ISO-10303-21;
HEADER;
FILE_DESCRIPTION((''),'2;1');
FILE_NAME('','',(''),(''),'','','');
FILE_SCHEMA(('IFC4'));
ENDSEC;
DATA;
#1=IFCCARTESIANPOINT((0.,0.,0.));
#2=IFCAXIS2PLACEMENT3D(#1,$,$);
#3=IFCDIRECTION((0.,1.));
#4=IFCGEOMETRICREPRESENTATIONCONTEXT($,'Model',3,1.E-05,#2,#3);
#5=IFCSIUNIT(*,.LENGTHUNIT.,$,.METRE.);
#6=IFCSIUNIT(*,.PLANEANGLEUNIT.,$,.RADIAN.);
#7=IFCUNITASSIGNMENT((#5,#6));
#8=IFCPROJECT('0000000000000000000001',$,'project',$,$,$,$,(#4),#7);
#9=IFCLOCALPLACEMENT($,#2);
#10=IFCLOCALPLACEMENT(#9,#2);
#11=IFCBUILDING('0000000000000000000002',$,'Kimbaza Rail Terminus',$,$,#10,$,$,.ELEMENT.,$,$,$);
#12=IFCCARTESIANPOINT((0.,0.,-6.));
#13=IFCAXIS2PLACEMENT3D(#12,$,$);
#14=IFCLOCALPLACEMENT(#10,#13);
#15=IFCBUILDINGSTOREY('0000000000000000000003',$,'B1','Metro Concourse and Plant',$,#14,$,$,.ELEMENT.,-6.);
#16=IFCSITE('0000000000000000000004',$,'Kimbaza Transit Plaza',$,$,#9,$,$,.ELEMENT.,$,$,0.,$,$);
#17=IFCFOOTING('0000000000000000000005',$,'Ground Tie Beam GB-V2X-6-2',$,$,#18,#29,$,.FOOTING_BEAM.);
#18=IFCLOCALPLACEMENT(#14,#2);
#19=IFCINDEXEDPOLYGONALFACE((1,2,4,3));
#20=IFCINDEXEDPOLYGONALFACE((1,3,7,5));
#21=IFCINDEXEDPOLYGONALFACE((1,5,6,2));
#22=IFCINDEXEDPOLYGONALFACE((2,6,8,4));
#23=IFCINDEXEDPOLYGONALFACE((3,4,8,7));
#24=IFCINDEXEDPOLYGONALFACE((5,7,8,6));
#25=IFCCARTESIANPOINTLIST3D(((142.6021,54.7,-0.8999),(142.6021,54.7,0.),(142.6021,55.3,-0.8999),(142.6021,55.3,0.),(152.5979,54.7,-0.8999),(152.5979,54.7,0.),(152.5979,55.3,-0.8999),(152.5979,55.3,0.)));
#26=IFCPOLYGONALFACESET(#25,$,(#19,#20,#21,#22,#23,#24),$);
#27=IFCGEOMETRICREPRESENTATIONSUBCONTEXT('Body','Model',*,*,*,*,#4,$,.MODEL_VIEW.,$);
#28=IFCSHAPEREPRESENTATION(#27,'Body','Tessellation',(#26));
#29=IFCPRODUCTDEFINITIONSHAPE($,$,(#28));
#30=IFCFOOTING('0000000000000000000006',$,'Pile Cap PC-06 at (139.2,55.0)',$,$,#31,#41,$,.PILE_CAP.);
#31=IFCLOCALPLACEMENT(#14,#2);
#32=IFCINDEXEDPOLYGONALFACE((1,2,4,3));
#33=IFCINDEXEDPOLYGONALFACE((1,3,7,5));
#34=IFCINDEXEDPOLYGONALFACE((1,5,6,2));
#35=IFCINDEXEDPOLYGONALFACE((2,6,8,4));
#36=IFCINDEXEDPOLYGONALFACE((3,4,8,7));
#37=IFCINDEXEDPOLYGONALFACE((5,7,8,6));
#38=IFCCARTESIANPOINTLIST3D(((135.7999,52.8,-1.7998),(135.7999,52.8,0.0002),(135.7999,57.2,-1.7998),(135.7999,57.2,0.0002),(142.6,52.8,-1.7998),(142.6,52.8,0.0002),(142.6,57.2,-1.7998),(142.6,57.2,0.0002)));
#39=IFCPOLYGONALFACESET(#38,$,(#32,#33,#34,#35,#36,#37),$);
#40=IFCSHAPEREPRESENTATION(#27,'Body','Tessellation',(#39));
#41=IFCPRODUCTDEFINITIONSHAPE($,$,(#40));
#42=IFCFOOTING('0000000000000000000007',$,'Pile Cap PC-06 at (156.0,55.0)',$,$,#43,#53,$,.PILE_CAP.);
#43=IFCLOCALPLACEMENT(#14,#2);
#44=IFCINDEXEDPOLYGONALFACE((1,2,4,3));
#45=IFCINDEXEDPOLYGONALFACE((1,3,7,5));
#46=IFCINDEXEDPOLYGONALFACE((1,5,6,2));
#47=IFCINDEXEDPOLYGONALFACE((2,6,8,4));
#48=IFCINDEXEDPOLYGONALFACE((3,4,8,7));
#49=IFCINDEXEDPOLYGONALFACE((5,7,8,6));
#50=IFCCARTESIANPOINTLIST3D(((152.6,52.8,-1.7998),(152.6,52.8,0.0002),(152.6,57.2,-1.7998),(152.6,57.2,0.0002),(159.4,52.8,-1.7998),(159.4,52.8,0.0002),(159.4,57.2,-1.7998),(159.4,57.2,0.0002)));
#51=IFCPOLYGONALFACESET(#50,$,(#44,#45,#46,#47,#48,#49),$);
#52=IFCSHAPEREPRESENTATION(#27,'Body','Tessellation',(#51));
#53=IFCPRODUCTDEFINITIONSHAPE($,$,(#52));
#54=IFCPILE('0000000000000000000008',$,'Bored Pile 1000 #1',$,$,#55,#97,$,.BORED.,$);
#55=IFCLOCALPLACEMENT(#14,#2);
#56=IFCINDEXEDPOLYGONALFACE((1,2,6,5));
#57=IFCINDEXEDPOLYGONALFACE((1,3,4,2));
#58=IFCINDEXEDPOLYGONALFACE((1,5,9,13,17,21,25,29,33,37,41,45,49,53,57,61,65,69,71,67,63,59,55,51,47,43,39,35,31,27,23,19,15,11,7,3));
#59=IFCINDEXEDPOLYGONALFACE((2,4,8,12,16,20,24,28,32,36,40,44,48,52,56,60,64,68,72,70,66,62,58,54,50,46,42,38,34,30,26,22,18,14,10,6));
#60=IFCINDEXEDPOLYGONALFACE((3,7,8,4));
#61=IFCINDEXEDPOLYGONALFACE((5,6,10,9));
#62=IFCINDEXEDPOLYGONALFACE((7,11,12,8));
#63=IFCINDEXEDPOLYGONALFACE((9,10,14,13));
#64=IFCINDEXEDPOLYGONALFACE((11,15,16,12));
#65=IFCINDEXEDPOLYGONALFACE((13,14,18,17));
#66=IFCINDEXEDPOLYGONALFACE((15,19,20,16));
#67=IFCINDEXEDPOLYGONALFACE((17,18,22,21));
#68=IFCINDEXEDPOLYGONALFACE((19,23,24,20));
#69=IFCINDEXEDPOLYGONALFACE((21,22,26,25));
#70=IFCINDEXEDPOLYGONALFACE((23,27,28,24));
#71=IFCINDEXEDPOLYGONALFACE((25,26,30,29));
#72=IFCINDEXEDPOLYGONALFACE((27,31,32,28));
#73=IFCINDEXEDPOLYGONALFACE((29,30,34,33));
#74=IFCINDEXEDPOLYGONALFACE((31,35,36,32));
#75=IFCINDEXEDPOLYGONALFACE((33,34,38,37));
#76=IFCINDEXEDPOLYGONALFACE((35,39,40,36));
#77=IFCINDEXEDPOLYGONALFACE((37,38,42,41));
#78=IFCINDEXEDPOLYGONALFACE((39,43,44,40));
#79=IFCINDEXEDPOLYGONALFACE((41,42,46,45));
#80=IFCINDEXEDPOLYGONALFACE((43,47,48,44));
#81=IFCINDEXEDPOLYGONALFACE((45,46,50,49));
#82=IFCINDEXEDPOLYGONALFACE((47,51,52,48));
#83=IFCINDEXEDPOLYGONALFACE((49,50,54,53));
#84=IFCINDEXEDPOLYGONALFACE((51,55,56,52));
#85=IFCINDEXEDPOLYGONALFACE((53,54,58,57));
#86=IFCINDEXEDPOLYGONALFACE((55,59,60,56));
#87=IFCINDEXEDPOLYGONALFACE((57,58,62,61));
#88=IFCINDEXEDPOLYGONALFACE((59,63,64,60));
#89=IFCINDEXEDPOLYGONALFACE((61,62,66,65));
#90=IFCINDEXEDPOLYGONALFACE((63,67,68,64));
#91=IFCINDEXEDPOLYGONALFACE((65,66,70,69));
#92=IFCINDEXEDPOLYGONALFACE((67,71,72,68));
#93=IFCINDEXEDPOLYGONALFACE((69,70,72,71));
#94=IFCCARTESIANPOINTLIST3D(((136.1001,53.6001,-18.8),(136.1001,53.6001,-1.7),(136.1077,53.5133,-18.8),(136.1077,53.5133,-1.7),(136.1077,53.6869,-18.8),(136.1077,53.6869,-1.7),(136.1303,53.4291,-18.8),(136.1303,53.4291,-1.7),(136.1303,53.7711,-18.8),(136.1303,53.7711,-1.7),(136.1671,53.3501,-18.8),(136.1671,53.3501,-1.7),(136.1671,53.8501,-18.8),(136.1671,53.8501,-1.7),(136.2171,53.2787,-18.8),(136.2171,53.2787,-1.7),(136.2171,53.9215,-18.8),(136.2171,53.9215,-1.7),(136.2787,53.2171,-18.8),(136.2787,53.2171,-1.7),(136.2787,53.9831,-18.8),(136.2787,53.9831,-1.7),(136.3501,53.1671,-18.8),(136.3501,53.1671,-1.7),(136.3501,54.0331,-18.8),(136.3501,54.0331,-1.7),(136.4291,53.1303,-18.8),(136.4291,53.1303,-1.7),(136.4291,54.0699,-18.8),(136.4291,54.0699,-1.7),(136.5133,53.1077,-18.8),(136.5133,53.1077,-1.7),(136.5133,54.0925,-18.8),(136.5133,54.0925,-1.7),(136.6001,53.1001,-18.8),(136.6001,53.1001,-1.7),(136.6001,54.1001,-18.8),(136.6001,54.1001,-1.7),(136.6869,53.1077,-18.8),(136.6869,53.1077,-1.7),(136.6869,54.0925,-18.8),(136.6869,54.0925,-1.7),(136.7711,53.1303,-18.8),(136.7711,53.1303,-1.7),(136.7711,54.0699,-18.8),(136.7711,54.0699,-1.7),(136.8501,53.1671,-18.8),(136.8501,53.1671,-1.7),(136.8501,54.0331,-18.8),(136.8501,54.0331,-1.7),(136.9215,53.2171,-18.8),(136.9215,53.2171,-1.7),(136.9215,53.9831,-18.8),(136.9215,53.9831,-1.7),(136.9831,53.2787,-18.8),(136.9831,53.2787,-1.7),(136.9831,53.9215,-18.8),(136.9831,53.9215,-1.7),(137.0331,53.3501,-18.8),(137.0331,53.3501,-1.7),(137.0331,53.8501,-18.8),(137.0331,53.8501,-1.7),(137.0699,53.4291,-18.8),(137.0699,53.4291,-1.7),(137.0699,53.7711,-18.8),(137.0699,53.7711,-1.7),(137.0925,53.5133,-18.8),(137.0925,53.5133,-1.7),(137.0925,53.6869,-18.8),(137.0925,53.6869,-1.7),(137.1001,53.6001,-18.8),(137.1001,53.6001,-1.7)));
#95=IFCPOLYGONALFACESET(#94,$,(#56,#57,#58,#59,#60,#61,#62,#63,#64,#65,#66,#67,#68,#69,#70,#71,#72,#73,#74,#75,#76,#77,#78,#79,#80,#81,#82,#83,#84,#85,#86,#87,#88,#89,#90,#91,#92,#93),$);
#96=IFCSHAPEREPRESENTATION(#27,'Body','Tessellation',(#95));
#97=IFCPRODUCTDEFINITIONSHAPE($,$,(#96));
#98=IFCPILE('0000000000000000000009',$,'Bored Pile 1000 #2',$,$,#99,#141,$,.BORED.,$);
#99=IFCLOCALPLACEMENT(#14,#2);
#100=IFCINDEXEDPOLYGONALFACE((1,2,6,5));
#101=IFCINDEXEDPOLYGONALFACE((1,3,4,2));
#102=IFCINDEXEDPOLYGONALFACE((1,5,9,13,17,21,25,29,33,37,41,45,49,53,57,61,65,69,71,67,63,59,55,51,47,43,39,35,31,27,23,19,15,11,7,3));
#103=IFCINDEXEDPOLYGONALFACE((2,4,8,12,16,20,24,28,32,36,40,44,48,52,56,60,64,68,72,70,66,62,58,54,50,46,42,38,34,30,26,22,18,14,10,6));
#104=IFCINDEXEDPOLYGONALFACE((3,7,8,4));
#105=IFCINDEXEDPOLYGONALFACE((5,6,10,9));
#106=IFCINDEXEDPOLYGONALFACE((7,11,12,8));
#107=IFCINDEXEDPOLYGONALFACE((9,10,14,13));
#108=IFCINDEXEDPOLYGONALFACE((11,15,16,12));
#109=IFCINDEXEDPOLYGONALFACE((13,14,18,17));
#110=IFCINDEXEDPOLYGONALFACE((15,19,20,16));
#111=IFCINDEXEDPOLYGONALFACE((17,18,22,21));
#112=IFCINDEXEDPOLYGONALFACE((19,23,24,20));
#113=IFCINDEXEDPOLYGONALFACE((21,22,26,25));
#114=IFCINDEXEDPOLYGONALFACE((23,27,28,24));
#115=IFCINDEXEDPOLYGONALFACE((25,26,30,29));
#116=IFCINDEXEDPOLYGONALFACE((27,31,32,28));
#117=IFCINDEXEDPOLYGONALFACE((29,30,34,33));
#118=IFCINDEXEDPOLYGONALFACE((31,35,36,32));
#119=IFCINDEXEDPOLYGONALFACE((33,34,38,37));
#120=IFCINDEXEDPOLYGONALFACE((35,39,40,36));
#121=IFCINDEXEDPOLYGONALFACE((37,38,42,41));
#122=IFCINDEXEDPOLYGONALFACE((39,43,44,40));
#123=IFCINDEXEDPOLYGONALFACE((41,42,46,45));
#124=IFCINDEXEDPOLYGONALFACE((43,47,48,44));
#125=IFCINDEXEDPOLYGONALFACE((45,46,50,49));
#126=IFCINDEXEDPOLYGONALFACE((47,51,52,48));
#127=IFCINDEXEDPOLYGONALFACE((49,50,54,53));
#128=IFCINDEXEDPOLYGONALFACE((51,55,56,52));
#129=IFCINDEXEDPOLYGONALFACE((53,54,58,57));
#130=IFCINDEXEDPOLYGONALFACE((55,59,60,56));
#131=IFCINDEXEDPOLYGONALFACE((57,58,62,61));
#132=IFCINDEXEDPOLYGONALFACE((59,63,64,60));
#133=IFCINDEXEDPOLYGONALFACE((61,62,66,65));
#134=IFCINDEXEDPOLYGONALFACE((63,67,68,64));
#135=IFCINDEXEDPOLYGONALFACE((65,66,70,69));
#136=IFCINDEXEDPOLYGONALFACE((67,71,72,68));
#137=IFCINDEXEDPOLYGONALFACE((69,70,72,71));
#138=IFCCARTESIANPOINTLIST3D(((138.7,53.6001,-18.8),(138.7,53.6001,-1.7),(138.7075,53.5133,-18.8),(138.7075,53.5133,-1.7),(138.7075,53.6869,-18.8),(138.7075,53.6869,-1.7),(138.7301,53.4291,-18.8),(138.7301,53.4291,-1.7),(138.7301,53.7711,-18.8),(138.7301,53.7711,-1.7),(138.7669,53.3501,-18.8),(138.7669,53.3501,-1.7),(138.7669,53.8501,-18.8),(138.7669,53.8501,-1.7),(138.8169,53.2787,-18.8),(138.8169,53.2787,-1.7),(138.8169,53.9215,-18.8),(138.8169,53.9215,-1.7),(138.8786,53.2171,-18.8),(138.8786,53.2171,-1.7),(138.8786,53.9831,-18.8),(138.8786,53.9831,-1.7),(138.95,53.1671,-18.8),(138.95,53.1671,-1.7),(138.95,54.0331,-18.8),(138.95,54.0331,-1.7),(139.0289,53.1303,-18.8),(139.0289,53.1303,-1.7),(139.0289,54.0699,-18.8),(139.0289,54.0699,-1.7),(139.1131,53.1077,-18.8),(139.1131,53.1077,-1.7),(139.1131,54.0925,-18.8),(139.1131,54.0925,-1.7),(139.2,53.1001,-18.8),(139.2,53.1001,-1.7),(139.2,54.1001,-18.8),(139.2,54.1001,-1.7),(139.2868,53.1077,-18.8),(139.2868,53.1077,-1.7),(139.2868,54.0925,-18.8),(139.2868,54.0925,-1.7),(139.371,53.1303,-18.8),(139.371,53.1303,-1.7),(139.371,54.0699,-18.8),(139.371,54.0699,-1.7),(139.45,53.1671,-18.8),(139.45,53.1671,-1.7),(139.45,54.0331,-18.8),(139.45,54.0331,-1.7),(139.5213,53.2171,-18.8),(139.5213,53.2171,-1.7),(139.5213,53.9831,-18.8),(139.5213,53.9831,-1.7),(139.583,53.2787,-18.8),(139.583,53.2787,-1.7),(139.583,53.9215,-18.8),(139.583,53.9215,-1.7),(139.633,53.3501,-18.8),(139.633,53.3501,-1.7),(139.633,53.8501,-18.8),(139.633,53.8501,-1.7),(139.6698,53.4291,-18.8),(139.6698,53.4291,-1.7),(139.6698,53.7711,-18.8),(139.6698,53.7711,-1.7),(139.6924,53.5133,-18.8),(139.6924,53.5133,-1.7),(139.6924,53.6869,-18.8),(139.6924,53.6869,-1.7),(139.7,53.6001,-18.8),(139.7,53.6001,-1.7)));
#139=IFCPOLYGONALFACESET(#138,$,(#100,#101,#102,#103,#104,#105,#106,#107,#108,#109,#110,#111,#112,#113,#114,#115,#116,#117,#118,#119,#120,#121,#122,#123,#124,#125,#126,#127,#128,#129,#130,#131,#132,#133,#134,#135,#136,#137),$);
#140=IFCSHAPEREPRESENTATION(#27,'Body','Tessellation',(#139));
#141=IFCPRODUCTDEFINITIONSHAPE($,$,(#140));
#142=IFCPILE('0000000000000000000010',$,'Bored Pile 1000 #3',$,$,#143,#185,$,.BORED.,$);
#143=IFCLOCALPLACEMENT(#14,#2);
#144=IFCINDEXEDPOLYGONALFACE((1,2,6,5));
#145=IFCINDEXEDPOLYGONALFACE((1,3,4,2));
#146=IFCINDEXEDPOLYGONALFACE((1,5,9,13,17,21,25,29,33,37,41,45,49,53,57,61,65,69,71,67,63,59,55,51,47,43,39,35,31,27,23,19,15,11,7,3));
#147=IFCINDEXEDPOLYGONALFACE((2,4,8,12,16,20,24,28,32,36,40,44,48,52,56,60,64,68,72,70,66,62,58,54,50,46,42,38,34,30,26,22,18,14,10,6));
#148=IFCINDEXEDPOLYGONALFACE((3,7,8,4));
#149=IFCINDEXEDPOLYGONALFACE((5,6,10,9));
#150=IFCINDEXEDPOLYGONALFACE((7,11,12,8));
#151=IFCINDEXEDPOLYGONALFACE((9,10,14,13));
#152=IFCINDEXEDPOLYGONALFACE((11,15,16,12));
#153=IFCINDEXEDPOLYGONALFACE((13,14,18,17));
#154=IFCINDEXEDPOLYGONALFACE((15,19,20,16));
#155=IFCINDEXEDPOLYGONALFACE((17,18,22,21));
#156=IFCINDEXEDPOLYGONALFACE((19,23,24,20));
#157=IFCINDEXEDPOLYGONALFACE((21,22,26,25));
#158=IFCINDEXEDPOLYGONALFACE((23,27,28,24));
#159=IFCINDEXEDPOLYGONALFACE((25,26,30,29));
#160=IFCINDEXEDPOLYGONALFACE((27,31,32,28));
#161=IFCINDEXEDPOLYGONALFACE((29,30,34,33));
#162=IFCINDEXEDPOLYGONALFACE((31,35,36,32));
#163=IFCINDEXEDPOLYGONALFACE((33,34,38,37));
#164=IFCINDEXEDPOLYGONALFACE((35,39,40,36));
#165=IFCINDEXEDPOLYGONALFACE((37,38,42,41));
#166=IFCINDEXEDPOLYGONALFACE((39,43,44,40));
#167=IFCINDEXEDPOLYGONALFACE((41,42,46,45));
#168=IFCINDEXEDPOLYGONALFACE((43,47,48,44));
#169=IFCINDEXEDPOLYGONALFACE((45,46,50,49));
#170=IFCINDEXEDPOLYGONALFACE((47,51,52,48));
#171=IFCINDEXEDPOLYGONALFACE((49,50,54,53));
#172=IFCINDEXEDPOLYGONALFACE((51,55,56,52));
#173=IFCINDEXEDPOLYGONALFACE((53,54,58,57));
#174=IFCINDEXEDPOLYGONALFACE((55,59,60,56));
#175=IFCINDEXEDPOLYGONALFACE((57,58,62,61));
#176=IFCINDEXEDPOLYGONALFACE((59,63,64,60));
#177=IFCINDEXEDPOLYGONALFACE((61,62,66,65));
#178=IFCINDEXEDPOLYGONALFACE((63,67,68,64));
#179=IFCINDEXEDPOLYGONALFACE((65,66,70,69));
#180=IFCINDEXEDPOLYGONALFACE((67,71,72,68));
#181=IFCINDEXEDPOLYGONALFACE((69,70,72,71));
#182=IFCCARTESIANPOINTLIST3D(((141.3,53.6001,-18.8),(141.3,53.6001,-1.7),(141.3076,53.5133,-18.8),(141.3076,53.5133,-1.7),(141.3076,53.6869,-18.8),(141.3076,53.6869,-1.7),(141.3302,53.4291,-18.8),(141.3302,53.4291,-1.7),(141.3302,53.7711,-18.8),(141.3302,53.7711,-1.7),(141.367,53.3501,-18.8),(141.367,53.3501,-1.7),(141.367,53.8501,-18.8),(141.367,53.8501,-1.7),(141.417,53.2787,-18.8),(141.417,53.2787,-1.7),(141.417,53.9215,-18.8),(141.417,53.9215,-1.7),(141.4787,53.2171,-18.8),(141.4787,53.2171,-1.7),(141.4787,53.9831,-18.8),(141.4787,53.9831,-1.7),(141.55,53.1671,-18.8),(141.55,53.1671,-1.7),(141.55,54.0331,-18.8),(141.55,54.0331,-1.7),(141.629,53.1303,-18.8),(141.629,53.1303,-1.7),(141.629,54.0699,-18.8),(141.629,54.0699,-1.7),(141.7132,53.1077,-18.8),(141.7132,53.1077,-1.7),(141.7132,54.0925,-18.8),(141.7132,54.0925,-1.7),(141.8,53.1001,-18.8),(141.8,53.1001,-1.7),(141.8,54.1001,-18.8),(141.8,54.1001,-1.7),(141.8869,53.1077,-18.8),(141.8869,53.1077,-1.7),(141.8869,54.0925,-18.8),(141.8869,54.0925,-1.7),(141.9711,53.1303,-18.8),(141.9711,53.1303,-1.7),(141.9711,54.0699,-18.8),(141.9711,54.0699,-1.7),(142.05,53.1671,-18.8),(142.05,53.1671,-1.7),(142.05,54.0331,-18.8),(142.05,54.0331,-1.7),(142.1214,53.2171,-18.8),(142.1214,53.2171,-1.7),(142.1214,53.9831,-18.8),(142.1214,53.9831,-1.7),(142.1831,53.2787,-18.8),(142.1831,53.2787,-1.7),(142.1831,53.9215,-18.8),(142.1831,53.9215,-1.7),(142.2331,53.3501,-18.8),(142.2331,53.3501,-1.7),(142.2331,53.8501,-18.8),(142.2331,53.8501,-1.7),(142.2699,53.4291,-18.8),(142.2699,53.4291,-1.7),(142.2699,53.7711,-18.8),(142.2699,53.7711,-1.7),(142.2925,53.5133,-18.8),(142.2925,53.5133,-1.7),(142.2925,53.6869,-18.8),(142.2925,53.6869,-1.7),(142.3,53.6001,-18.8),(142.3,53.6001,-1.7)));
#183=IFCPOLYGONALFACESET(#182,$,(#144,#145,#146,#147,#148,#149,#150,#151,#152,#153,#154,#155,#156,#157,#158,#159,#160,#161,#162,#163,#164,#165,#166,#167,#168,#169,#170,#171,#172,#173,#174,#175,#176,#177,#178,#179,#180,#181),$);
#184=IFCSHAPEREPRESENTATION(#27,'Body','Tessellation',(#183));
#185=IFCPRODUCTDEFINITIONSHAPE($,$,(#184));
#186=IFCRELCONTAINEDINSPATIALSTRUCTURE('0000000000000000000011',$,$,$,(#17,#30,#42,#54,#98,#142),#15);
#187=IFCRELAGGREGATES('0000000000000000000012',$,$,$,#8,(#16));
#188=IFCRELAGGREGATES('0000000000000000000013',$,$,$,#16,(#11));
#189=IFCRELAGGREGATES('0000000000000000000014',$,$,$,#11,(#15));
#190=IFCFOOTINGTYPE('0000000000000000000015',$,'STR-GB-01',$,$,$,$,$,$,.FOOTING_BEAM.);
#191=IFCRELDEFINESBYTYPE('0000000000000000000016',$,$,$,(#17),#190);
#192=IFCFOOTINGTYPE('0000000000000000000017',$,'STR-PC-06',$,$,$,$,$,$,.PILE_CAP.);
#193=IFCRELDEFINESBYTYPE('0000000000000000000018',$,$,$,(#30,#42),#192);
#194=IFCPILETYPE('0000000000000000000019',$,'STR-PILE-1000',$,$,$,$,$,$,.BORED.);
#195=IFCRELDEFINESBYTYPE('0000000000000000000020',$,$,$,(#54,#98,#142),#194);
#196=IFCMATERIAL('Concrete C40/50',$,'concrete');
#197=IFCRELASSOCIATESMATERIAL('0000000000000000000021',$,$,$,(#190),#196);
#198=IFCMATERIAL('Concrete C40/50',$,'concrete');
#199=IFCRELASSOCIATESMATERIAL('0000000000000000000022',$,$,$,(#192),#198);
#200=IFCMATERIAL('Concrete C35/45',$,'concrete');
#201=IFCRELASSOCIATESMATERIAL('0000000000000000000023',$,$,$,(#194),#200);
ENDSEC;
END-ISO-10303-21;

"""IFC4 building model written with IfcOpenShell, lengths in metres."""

from ifc_helpers import new_model, si_unit, direction, frame, origin, origin_2d, place, context, subcontext, project, spatial, rectangle, circle, extrude, material, material_profile, profile_set, type_object, element, save


model = new_model("IFC4")

# Units and contexts
model_context = context("Model", 3, precision=1e-05, world=origin(), true_north=direction((0.0, 1.0)))
body_context = subcontext(model_context, "Body", "Model", "MODEL_VIEW")
ifc_project = project(units=[si_unit("LENGTHUNIT", "METRE"), si_unit("PLANEANGLEUNIT", "RADIAN")], contexts=[model_context])

# Site, building, storey
site_placement = place(None, origin())
site = spatial("IfcSite", under=ifc_project, at=site_placement, Name="Kimbaza Transit Plaza", CompositionType="ELEMENT", RefElevation=0.0)
building_placement = place(site_placement, origin())
building = spatial("IfcBuilding", under=site, at=building_placement, Name="Kimbaza Rail Terminus", CompositionType="ELEMENT")
storey_placement = place(building_placement, frame((0.0, 0.0, -6.0)))
storey = spatial("IfcBuildingStorey", under=building, at=storey_placement, Name="B1", Description="Metro Concourse and Plant", CompositionType="ELEMENT", Elevation=-6.0)

# Footings
ifc_material_1 = material(Name="Concrete C40/50", Category="concrete")
ifc_material_profile_1 = material_profile(ifc_material_1, rectangle(XDim=0.6001, YDim=0.8999, at=origin_2d()), Name="GB-01 600x900")
ifc_profile_set_1 = profile_set([ifc_material_profile_1], Name="Concrete C40/50")
footing_type_1 = type_object("IfcFootingType", Name="STR-GB-01", PredefinedType="FOOTING_BEAM", material=ifc_profile_set_1)
footing_placement = place(storey_placement, frame((142.6021, 55.0, -0.45), z_axis=(1.0, 0.0, 0.0), x_axis=(0.0, 1.0, 0.0)))
element("IfcFooting", 1, at=footing_placement, inside=storey, type_object=footing_type_1, Name="Ground Tie Beam GB-V2X-6-2", PredefinedType="FOOTING_BEAM", context=body_context, shape_type="SweptSolid", body=[
    extrude(rectangle(XDim=0.6001, YDim=0.8999, at=origin_2d()), origin(), (0.0, 0.0, 1.0), 9.9958),
])
ifc_material_2 = material(Name="Concrete C40/50", Category="concrete")
footing_type_2 = type_object("IfcFootingType", Name="STR-PC-06", PredefinedType="PILE_CAP", material=ifc_material_2)
for number, where, z_axis, x_axis, name in (
    (2, (139.2, 55.0, -1.7998), (0.0, 0.0, 1.0), (1.0, 0.0, 0.0), "Pile Cap PC-06 at (139.2,55.0)"),
    (3, (156.0, 55.0, -1.7998), (0.0, 0.0, 1.0), (1.0, 0.0, 0.0), "Pile Cap PC-06 at (156.0,55.0)"),
):
    element("IfcFooting", number, at=place(storey_placement, frame(where, z_axis=z_axis, x_axis=x_axis)), inside=storey, type_object=footing_type_2, Name=name, PredefinedType="PILE_CAP", context=body_context, shape_type="SweptSolid", body=[
        extrude(rectangle(XDim=6.8, YDim=4.3999, at=origin_2d()), origin(), (0.0, 0.0, 1.0), 1.8),
    ])

# Piles
ifc_material_3 = material(Name="Concrete C35/45", Category="concrete")
ifc_material_profile_2 = material_profile(ifc_material_3, circle(Radius=0.5, at=origin_2d()), Name="BORED PILE 1000")
ifc_profile_set_2 = profile_set([ifc_material_profile_2], Name="Concrete C35/45")
pile_type = type_object("IfcPileType", Name="STR-PILE-1000", PredefinedType="BORED", material=ifc_profile_set_2)
for number, where, z_axis, x_axis, name in (
    (4, (136.6001, 53.6001, -1.7), (0.0, 0.0, -1.0), (1.0, 0.0, 0.0), "Bored Pile 1000 #1"),
    (5, (139.2, 53.6001, -1.7), (0.0, 0.0, -1.0), (1.0, 0.0, 0.0), "Bored Pile 1000 #2"),
    (6, (141.8, 53.6001, -1.7), (0.0, 0.0, -1.0), (1.0, 0.0, 0.0), "Bored Pile 1000 #3"),
):
    element("IfcPile", number, at=place(storey_placement, frame(where, z_axis=z_axis, x_axis=x_axis)), inside=storey, type_object=pile_type, Name=name, PredefinedType="BORED", context=body_context, shape_type="SweptSolid", body=[
        extrude(circle(Radius=0.5, at=origin_2d()), origin(), (0.0, 0.0, 1.0), 17.1001),
    ])

save(model, "model.ifc")
